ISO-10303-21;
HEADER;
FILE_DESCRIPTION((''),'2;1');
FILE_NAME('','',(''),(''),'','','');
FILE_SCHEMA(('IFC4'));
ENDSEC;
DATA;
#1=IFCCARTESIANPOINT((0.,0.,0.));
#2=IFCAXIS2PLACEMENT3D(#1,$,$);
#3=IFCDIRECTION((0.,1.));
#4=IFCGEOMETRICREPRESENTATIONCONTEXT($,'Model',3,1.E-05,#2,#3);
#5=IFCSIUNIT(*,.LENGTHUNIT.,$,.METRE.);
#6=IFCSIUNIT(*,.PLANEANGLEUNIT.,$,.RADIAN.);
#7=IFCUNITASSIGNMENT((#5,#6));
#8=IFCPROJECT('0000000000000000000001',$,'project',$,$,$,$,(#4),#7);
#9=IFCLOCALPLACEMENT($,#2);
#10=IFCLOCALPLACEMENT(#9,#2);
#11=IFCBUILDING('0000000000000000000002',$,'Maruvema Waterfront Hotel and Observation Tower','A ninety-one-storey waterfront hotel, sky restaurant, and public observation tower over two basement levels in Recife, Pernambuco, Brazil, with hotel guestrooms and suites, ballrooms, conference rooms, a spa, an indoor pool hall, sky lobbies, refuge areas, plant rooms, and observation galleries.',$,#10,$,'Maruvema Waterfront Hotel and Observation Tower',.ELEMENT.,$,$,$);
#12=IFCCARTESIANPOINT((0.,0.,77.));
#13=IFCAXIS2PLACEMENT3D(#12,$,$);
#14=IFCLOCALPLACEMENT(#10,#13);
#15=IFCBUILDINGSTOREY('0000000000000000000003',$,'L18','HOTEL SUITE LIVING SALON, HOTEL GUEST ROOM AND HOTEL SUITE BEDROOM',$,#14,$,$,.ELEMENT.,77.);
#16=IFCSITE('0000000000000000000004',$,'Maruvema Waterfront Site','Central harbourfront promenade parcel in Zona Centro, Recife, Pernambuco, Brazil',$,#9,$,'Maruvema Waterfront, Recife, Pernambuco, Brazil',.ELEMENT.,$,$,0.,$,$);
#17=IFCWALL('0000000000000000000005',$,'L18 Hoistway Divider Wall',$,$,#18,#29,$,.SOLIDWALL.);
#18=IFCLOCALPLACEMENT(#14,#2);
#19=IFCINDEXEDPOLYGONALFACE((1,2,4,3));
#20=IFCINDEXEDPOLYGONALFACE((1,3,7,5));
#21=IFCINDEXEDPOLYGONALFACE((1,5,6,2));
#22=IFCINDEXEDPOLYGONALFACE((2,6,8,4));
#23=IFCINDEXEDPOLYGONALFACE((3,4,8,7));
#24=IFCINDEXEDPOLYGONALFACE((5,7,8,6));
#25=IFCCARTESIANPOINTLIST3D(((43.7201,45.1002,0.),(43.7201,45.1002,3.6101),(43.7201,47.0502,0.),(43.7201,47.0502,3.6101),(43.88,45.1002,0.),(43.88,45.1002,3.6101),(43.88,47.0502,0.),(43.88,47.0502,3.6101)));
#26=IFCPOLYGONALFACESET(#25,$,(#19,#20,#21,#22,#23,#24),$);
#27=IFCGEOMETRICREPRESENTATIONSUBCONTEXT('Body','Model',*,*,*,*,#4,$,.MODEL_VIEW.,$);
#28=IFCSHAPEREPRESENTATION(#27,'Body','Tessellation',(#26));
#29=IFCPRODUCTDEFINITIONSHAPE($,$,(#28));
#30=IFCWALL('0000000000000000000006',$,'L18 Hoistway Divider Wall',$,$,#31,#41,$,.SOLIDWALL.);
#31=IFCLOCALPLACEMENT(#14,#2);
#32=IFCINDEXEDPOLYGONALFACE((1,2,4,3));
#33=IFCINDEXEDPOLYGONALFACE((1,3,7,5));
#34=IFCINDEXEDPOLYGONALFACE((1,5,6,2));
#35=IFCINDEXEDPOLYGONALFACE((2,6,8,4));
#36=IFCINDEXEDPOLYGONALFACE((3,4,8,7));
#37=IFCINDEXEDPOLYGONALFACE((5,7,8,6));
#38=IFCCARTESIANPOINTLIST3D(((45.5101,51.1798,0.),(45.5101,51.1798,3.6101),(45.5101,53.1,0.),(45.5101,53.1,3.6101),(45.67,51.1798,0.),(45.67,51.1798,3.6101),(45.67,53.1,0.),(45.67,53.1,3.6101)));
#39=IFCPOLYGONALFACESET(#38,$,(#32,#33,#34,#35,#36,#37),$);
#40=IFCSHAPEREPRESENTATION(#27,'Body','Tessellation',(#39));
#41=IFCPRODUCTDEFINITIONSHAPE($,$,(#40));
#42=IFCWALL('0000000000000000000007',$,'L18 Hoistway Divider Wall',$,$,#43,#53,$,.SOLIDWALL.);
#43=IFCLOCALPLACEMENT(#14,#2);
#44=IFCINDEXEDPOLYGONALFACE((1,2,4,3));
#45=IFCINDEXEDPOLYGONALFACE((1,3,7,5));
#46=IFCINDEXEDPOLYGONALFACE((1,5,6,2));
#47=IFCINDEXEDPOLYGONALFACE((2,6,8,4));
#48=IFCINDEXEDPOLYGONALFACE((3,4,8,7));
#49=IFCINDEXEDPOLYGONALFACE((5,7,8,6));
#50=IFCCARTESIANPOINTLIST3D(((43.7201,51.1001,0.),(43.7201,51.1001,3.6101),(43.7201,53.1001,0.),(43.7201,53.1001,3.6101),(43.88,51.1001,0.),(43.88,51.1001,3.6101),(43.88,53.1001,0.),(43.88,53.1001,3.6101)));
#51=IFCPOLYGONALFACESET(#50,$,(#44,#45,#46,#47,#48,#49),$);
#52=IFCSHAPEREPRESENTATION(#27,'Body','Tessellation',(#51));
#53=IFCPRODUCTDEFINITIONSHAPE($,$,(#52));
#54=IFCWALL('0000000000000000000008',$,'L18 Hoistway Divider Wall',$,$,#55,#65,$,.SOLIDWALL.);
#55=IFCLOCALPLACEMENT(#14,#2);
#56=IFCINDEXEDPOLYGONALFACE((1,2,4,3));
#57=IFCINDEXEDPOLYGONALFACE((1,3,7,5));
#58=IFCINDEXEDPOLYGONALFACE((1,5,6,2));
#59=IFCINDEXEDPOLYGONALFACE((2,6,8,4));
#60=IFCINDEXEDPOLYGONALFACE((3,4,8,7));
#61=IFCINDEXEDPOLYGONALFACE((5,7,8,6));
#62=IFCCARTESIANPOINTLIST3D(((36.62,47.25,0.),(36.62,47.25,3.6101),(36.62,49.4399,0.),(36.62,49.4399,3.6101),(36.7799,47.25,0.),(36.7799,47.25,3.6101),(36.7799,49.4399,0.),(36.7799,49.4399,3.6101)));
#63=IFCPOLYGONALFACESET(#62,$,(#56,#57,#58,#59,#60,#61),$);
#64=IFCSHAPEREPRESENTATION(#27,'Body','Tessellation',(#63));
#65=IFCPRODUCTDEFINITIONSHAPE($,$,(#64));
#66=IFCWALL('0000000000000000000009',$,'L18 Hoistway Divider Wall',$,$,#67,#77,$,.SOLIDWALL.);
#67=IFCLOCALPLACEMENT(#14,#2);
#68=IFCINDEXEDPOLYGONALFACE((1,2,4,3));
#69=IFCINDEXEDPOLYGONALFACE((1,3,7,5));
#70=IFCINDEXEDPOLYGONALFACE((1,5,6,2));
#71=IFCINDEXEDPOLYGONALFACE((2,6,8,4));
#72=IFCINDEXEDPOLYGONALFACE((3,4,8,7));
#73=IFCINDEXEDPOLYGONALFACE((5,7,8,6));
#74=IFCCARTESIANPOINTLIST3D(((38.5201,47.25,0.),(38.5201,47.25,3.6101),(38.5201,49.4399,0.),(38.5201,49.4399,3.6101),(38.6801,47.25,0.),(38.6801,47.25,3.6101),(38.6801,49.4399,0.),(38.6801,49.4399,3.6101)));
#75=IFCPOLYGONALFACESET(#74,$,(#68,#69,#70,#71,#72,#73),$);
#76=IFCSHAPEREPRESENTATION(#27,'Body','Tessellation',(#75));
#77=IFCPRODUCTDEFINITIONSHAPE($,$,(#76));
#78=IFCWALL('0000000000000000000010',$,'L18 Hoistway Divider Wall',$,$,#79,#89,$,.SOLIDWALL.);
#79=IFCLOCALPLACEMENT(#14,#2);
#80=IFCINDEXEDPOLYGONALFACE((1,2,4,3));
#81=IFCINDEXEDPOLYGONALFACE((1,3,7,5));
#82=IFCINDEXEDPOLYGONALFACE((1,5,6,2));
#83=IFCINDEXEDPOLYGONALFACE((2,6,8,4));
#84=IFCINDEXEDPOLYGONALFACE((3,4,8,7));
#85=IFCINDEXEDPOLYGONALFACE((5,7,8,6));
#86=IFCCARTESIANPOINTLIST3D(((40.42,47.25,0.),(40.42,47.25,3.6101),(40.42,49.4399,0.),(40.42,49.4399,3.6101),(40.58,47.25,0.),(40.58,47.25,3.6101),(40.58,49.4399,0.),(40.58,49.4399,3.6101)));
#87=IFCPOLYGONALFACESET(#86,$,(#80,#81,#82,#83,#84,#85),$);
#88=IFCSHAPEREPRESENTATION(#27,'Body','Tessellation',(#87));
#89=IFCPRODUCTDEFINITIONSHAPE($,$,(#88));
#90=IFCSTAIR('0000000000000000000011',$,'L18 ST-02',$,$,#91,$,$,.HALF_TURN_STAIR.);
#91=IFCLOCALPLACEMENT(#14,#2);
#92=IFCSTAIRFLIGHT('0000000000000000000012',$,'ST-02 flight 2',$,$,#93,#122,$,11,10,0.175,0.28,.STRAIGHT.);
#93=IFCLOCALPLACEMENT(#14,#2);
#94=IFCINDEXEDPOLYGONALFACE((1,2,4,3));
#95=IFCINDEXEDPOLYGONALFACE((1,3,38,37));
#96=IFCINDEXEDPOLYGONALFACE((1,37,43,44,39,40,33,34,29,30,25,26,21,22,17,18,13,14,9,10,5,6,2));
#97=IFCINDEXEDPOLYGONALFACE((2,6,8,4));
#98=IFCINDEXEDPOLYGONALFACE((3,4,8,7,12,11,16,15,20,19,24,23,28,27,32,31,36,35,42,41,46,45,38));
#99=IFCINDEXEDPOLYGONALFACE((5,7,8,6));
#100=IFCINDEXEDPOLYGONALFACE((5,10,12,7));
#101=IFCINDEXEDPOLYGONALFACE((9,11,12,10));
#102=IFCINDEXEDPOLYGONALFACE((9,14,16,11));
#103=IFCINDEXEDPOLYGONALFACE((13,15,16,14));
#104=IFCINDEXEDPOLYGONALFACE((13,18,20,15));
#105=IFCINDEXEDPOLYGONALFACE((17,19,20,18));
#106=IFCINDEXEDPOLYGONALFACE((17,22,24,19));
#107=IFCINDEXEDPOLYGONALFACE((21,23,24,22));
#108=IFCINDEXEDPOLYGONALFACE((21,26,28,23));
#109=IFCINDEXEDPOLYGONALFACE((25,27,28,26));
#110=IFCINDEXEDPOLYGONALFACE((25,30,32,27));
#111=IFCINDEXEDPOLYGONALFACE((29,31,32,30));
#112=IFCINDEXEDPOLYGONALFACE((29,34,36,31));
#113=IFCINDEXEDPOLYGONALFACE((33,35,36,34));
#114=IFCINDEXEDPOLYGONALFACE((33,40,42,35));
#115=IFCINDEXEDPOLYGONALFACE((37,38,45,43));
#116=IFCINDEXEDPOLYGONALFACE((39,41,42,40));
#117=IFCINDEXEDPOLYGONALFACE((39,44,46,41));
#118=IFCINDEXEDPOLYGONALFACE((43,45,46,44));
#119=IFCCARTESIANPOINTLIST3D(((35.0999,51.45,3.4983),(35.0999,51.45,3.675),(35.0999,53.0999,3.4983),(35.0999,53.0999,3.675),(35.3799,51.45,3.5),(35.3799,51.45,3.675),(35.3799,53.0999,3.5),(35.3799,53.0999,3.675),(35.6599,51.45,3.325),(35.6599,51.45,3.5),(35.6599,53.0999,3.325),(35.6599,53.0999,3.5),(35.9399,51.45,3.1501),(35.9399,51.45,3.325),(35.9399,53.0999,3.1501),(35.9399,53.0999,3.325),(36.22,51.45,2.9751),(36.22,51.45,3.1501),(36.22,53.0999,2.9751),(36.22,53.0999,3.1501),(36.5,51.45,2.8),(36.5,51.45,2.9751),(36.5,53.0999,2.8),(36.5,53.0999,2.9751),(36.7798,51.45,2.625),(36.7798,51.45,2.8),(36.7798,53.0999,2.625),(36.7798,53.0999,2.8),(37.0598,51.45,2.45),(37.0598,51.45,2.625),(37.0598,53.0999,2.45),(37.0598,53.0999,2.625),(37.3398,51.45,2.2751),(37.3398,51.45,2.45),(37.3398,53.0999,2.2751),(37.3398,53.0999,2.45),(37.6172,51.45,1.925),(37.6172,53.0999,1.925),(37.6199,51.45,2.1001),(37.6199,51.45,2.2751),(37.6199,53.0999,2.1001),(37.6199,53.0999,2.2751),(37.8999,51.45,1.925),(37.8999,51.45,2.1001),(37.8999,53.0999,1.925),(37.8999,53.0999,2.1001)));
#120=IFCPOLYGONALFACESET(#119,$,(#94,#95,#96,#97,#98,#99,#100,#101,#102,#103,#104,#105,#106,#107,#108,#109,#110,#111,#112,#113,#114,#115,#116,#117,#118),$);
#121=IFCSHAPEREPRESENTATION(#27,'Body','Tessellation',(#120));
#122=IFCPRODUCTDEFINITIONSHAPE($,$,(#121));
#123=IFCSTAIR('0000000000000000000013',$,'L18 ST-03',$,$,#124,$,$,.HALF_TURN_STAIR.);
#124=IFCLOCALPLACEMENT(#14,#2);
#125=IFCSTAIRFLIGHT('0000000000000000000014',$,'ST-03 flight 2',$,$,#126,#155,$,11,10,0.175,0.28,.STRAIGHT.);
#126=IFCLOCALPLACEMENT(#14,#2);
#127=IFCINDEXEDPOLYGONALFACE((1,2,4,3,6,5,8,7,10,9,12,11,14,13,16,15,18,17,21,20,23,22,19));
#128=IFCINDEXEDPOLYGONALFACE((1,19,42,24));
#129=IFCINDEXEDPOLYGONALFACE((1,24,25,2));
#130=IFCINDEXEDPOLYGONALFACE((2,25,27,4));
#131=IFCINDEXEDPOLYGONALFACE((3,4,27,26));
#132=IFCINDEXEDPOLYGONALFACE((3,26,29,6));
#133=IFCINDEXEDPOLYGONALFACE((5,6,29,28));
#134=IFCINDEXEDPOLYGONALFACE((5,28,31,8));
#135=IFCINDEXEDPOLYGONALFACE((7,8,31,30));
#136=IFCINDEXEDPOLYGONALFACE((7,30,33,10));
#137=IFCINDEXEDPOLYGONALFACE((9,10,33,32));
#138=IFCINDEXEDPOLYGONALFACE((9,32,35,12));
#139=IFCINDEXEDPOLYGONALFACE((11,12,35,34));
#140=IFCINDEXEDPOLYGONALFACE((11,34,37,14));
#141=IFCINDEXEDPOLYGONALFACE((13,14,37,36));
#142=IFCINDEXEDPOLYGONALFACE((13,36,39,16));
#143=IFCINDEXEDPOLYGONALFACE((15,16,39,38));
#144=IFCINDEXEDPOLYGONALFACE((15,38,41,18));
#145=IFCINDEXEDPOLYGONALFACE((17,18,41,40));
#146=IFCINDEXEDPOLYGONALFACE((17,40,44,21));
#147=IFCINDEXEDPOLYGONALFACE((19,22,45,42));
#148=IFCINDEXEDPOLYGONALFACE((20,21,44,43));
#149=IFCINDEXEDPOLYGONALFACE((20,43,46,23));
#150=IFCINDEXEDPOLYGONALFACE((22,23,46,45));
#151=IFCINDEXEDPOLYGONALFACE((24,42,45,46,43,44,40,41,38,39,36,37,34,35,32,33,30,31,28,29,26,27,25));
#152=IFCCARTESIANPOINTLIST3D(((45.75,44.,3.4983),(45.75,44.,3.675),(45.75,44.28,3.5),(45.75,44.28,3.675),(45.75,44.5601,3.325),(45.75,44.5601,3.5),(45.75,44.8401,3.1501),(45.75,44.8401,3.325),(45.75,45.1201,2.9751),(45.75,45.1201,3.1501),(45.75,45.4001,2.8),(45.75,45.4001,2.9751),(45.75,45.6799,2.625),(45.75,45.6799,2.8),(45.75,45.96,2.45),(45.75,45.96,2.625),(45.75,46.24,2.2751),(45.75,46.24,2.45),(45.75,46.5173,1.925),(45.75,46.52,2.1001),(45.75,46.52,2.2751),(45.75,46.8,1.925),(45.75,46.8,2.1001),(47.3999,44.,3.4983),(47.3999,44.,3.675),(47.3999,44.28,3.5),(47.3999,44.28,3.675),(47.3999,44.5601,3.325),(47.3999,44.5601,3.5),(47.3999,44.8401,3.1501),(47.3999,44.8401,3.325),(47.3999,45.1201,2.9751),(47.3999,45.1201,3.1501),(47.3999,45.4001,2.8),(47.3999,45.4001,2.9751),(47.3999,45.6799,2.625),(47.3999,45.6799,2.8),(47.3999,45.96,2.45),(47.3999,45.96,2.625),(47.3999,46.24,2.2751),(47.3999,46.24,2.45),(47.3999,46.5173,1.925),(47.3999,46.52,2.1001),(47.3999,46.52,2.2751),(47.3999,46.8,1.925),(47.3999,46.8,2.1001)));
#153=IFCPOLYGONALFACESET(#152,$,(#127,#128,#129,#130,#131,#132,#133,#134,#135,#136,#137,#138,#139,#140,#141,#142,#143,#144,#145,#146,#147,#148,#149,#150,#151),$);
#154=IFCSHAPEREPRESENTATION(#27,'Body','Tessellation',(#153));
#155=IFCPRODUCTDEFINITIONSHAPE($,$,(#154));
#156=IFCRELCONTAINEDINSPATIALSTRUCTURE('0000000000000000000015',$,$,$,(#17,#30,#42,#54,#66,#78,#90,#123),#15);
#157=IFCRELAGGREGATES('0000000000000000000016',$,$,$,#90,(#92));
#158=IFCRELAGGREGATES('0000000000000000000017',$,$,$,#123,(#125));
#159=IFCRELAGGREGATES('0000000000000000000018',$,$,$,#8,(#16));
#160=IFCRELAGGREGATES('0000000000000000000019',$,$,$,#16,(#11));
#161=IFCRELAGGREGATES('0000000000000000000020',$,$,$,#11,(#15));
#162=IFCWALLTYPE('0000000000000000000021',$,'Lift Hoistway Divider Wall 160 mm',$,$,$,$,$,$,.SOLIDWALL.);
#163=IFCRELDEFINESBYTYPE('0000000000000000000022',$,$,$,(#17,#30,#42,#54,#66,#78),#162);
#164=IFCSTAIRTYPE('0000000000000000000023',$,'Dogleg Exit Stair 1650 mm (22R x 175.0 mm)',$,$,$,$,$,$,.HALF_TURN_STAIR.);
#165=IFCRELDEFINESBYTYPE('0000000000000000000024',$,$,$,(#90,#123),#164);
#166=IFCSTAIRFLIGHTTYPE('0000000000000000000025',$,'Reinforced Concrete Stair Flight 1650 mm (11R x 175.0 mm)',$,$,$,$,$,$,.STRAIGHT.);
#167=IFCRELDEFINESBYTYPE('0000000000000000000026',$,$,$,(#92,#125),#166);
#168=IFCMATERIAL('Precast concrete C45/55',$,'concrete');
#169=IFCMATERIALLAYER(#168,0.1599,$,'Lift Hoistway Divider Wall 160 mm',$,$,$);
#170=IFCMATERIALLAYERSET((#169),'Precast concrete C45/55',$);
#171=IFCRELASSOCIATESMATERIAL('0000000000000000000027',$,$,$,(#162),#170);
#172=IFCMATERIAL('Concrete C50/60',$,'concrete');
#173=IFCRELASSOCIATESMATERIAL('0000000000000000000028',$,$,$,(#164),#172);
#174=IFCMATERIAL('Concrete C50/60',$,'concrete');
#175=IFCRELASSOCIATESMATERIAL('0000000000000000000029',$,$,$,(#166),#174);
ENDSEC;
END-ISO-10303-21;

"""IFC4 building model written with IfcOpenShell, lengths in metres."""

from ifc_helpers import new_model, si_unit, direction, frame, frame_2d, origin, place, context, subcontext, project, spatial, polyline, rectangle, outline, extrude, material, layer, layer_set, type_object, element, aggregate, save


model = new_model("IFC4")

# Units and contexts
model_context = context("Model", 3, precision=1e-05, world=origin(), true_north=direction((0.0, 1.0)))
body_context = subcontext(model_context, "Body", "Model", "MODEL_VIEW")
ifc_project = project(units=[si_unit("LENGTHUNIT", "METRE"), si_unit("PLANEANGLEUNIT", "RADIAN")], contexts=[model_context])

# Site, building, storey
site_placement = place(None, origin())
site = spatial("IfcSite", under=ifc_project, at=site_placement, Name="Maruvema Waterfront Site", Description="Central harbourfront promenade parcel in Zona Centro, Recife, Pernambuco, Brazil", LongName="Maruvema Waterfront, Recife, Pernambuco, Brazil", CompositionType="ELEMENT", RefElevation=0.0)
building_placement = place(site_placement, origin())
building = spatial("IfcBuilding", under=site, at=building_placement, Name="Maruvema Waterfront Hotel and Observation Tower", Description="A ninety-one-storey waterfront hotel, sky restaurant, and public observation tower over two basement levels in Recife, Pernambuco, Brazil, with hotel guestrooms and suites, ballrooms, conference rooms, a spa, an indoor pool hall, sky lobbies, refuge areas, plant rooms, and observation galleries.", LongName="Maruvema Waterfront Hotel and Observation Tower", CompositionType="ELEMENT")
storey_placement = place(building_placement, frame((0.0, 0.0, 77.0)))
storey = spatial("IfcBuildingStorey", under=building, at=storey_placement, Name="L18", Description="HOTEL SUITE LIVING SALON, HOTEL GUEST ROOM AND HOTEL SUITE BEDROOM", CompositionType="ELEMENT", Elevation=77.0)

# Walls
ifc_material_1 = material(Name="Precast concrete C45/55", Category="concrete")
ifc_layer_1 = layer(ifc_material_1, 0.1599, Name="Lift Hoistway Divider Wall 160 mm")
ifc_layer_set_1 = layer_set([ifc_layer_1], Name="Precast concrete C45/55")
wall_type_1 = type_object("IfcWallType", Name="Lift Hoistway Divider Wall 160 mm", PredefinedType="SOLIDWALL", material=ifc_layer_set_1)
for number, where, z_axis, x_axis, name in (
    (1, (43.8, 45.1001, 0.0), (0.0, 0.0, 1.0), (0.0, 1.0, 0.0), "L18 Hoistway Divider Wall"),
):
    element("IfcWall", number, at=place(storey_placement, frame(where, z_axis=z_axis, x_axis=x_axis)), inside=storey, type_object=wall_type_1, Name=name, PredefinedType="SOLIDWALL", context=body_context, shape_type="SweptSolid", body=[
        extrude(rectangle(XDim=1.95, YDim=0.1599, at=frame_2d((0.9751, 0.0))), origin(), (0.0, 0.0, 1.0), 3.6101),
    ])
wall_1_placement = place(storey_placement, frame((45.5901, 51.1799, 0.0), z_axis=(0.0, 0.0, 1.0), x_axis=(0.0, 1.0, 0.0)))
element("IfcWall", 2, at=wall_1_placement, inside=storey, type_object=wall_type_1, Name="L18 Hoistway Divider Wall", PredefinedType="SOLIDWALL", context=body_context, shape_type="SweptSolid", body=[
    extrude(rectangle(XDim=1.9202, YDim=0.1599, at=frame_2d((0.96, 0.0))), origin(), (0.0, 0.0, 1.0), 3.6101),
])
wall_2_placement = place(storey_placement, frame((43.8, 51.1001, 0.0), z_axis=(0.0, 0.0, 1.0), x_axis=(0.0, 1.0, 0.0)))
element("IfcWall", 3, at=wall_2_placement, inside=storey, type_object=wall_type_1, Name="L18 Hoistway Divider Wall", PredefinedType="SOLIDWALL", context=body_context, shape_type="SweptSolid", body=[
    extrude(rectangle(XDim=2.0, YDim=0.1599, at=frame_2d((1.0, 0.0))), origin(), (0.0, 0.0, 1.0), 3.6101),
])
for number, where, z_axis, x_axis, name in (
    (4, (36.7, 47.25, 0.0), (0.0, 0.0, 1.0), (0.0, 1.0, 0.0), "L18 Hoistway Divider Wall"),
    (5, (38.6001, 47.25, 0.0), (0.0, 0.0, 1.0), (0.0, 1.0, 0.0), "L18 Hoistway Divider Wall"),
    (6, (40.5, 47.25, 0.0), (0.0, 0.0, 1.0), (0.0, 1.0, 0.0), "L18 Hoistway Divider Wall"),
):
    element("IfcWall", number, at=place(storey_placement, frame(where, z_axis=z_axis, x_axis=x_axis)), inside=storey, type_object=wall_type_1, Name=name, PredefinedType="SOLIDWALL", context=body_context, shape_type="SweptSolid", body=[
        extrude(rectangle(XDim=2.1899, YDim=0.1599, at=frame_2d((1.095, 0.0))), origin(), (0.0, 0.0, 1.0), 3.6101),
    ])

# Stairs, stair flights
ifc_material_2 = material(Name="Concrete C50/60", Category="concrete")
stair_type = type_object("IfcStairType", Name="Dogleg Exit Stair 1650 mm (22R x 175.0 mm)", PredefinedType="HALF_TURN_STAIR", material=ifc_material_2)
stair_1_placement = place(storey_placement, origin())
stair_1 = element("IfcStair", 7, at=stair_1_placement, inside=storey, type_object=stair_type, Name="L18 ST-02", PredefinedType="HALF_TURN_STAIR")
ifc_material_3 = material(Name="Concrete C50/60", Category="concrete")
stair_flight_type = type_object("IfcStairFlightType", Name="Reinforced Concrete Stair Flight 1650 mm (11R x 175.0 mm)", PredefinedType="STRAIGHT", material=ifc_material_3)
stair_flight_1_placement = place(storey_placement, frame((37.8999, 52.2749, 1.925), z_axis=(0.0, 0.0, 1.0), x_axis=(-1.0, 0.0, 0.0)))
stair_flight_1 = element("IfcStairFlight", 8, at=stair_flight_1_placement, type_object=stair_flight_type, Name="ST-02 flight 2", NumberOfRisers=11, NumberOfTreads=10, PredefinedType="STRAIGHT", RiserHeight=0.175, TreadLength=0.28, context=body_context, shape_type="SweptSolid", body=[
    extrude(outline(polyline([(0.0, 0.0), (0.0, 0.175), (0.28, 0.175), (0.28, 0.3501), (0.5601, 0.3501), (0.5601, 0.5249), (0.8401, 0.5249), (0.8401, 0.7), (1.1201, 0.7), (1.1201, 0.875), (1.3999, 0.875), (1.3999, 1.05), (1.6799, 1.05), (1.6799, 1.2251), (1.96, 1.2251), (1.96, 1.3999), (2.24, 1.3999), (2.24, 1.575), (2.52, 1.575), (2.52, 1.75), (2.8, 1.75), (2.8, 1.925), (2.8, 1.5732), (0.2827, 0.0), (0.0, 0.0)])), frame((0.0, 0.825, 0.0), z_axis=(0.0, -1.0, 0.0), x_axis=(1.0, 0.0, 0.0)), (0.0, 0.0, 1.0), 1.6499),
])
aggregate(stair_1, [stair_flight_1])
stair_2_placement = place(storey_placement, origin())
stair_2 = element("IfcStair", 9, at=stair_2_placement, inside=storey, type_object=stair_type, Name="L18 ST-03", PredefinedType="HALF_TURN_STAIR")
stair_flight_2_placement = place(storey_placement, frame((46.575, 46.8, 1.925), z_axis=(0.0, 0.0, 1.0), x_axis=(0.0, -1.0, 0.0)))
stair_flight_2 = element("IfcStairFlight", 10, at=stair_flight_2_placement, type_object=stair_flight_type, Name="ST-03 flight 2", NumberOfRisers=11, NumberOfTreads=10, PredefinedType="STRAIGHT", RiserHeight=0.175, TreadLength=0.28, context=body_context, shape_type="SweptSolid", body=[
    extrude(outline(polyline([(0.0, 0.0), (0.0, 0.175), (0.28, 0.175), (0.28, 0.3501), (0.5601, 0.3501), (0.5601, 0.5249), (0.8401, 0.5249), (0.8401, 0.7), (1.1201, 0.7), (1.1201, 0.875), (1.3999, 0.875), (1.3999, 1.05), (1.6799, 1.05), (1.6799, 1.2251), (1.96, 1.2251), (1.96, 1.3999), (2.24, 1.3999), (2.24, 1.575), (2.52, 1.575), (2.52, 1.75), (2.8, 1.75), (2.8, 1.925), (2.8, 1.5732), (0.2827, 0.0), (0.0, 0.0)])), frame((0.0, 0.825, 0.0), z_axis=(0.0, -1.0, 0.0), x_axis=(1.0, 0.0, 0.0)), (0.0, 0.0, 1.0), 1.6499),
])
aggregate(stair_2, [stair_flight_2])

save(model, "model.ifc")
